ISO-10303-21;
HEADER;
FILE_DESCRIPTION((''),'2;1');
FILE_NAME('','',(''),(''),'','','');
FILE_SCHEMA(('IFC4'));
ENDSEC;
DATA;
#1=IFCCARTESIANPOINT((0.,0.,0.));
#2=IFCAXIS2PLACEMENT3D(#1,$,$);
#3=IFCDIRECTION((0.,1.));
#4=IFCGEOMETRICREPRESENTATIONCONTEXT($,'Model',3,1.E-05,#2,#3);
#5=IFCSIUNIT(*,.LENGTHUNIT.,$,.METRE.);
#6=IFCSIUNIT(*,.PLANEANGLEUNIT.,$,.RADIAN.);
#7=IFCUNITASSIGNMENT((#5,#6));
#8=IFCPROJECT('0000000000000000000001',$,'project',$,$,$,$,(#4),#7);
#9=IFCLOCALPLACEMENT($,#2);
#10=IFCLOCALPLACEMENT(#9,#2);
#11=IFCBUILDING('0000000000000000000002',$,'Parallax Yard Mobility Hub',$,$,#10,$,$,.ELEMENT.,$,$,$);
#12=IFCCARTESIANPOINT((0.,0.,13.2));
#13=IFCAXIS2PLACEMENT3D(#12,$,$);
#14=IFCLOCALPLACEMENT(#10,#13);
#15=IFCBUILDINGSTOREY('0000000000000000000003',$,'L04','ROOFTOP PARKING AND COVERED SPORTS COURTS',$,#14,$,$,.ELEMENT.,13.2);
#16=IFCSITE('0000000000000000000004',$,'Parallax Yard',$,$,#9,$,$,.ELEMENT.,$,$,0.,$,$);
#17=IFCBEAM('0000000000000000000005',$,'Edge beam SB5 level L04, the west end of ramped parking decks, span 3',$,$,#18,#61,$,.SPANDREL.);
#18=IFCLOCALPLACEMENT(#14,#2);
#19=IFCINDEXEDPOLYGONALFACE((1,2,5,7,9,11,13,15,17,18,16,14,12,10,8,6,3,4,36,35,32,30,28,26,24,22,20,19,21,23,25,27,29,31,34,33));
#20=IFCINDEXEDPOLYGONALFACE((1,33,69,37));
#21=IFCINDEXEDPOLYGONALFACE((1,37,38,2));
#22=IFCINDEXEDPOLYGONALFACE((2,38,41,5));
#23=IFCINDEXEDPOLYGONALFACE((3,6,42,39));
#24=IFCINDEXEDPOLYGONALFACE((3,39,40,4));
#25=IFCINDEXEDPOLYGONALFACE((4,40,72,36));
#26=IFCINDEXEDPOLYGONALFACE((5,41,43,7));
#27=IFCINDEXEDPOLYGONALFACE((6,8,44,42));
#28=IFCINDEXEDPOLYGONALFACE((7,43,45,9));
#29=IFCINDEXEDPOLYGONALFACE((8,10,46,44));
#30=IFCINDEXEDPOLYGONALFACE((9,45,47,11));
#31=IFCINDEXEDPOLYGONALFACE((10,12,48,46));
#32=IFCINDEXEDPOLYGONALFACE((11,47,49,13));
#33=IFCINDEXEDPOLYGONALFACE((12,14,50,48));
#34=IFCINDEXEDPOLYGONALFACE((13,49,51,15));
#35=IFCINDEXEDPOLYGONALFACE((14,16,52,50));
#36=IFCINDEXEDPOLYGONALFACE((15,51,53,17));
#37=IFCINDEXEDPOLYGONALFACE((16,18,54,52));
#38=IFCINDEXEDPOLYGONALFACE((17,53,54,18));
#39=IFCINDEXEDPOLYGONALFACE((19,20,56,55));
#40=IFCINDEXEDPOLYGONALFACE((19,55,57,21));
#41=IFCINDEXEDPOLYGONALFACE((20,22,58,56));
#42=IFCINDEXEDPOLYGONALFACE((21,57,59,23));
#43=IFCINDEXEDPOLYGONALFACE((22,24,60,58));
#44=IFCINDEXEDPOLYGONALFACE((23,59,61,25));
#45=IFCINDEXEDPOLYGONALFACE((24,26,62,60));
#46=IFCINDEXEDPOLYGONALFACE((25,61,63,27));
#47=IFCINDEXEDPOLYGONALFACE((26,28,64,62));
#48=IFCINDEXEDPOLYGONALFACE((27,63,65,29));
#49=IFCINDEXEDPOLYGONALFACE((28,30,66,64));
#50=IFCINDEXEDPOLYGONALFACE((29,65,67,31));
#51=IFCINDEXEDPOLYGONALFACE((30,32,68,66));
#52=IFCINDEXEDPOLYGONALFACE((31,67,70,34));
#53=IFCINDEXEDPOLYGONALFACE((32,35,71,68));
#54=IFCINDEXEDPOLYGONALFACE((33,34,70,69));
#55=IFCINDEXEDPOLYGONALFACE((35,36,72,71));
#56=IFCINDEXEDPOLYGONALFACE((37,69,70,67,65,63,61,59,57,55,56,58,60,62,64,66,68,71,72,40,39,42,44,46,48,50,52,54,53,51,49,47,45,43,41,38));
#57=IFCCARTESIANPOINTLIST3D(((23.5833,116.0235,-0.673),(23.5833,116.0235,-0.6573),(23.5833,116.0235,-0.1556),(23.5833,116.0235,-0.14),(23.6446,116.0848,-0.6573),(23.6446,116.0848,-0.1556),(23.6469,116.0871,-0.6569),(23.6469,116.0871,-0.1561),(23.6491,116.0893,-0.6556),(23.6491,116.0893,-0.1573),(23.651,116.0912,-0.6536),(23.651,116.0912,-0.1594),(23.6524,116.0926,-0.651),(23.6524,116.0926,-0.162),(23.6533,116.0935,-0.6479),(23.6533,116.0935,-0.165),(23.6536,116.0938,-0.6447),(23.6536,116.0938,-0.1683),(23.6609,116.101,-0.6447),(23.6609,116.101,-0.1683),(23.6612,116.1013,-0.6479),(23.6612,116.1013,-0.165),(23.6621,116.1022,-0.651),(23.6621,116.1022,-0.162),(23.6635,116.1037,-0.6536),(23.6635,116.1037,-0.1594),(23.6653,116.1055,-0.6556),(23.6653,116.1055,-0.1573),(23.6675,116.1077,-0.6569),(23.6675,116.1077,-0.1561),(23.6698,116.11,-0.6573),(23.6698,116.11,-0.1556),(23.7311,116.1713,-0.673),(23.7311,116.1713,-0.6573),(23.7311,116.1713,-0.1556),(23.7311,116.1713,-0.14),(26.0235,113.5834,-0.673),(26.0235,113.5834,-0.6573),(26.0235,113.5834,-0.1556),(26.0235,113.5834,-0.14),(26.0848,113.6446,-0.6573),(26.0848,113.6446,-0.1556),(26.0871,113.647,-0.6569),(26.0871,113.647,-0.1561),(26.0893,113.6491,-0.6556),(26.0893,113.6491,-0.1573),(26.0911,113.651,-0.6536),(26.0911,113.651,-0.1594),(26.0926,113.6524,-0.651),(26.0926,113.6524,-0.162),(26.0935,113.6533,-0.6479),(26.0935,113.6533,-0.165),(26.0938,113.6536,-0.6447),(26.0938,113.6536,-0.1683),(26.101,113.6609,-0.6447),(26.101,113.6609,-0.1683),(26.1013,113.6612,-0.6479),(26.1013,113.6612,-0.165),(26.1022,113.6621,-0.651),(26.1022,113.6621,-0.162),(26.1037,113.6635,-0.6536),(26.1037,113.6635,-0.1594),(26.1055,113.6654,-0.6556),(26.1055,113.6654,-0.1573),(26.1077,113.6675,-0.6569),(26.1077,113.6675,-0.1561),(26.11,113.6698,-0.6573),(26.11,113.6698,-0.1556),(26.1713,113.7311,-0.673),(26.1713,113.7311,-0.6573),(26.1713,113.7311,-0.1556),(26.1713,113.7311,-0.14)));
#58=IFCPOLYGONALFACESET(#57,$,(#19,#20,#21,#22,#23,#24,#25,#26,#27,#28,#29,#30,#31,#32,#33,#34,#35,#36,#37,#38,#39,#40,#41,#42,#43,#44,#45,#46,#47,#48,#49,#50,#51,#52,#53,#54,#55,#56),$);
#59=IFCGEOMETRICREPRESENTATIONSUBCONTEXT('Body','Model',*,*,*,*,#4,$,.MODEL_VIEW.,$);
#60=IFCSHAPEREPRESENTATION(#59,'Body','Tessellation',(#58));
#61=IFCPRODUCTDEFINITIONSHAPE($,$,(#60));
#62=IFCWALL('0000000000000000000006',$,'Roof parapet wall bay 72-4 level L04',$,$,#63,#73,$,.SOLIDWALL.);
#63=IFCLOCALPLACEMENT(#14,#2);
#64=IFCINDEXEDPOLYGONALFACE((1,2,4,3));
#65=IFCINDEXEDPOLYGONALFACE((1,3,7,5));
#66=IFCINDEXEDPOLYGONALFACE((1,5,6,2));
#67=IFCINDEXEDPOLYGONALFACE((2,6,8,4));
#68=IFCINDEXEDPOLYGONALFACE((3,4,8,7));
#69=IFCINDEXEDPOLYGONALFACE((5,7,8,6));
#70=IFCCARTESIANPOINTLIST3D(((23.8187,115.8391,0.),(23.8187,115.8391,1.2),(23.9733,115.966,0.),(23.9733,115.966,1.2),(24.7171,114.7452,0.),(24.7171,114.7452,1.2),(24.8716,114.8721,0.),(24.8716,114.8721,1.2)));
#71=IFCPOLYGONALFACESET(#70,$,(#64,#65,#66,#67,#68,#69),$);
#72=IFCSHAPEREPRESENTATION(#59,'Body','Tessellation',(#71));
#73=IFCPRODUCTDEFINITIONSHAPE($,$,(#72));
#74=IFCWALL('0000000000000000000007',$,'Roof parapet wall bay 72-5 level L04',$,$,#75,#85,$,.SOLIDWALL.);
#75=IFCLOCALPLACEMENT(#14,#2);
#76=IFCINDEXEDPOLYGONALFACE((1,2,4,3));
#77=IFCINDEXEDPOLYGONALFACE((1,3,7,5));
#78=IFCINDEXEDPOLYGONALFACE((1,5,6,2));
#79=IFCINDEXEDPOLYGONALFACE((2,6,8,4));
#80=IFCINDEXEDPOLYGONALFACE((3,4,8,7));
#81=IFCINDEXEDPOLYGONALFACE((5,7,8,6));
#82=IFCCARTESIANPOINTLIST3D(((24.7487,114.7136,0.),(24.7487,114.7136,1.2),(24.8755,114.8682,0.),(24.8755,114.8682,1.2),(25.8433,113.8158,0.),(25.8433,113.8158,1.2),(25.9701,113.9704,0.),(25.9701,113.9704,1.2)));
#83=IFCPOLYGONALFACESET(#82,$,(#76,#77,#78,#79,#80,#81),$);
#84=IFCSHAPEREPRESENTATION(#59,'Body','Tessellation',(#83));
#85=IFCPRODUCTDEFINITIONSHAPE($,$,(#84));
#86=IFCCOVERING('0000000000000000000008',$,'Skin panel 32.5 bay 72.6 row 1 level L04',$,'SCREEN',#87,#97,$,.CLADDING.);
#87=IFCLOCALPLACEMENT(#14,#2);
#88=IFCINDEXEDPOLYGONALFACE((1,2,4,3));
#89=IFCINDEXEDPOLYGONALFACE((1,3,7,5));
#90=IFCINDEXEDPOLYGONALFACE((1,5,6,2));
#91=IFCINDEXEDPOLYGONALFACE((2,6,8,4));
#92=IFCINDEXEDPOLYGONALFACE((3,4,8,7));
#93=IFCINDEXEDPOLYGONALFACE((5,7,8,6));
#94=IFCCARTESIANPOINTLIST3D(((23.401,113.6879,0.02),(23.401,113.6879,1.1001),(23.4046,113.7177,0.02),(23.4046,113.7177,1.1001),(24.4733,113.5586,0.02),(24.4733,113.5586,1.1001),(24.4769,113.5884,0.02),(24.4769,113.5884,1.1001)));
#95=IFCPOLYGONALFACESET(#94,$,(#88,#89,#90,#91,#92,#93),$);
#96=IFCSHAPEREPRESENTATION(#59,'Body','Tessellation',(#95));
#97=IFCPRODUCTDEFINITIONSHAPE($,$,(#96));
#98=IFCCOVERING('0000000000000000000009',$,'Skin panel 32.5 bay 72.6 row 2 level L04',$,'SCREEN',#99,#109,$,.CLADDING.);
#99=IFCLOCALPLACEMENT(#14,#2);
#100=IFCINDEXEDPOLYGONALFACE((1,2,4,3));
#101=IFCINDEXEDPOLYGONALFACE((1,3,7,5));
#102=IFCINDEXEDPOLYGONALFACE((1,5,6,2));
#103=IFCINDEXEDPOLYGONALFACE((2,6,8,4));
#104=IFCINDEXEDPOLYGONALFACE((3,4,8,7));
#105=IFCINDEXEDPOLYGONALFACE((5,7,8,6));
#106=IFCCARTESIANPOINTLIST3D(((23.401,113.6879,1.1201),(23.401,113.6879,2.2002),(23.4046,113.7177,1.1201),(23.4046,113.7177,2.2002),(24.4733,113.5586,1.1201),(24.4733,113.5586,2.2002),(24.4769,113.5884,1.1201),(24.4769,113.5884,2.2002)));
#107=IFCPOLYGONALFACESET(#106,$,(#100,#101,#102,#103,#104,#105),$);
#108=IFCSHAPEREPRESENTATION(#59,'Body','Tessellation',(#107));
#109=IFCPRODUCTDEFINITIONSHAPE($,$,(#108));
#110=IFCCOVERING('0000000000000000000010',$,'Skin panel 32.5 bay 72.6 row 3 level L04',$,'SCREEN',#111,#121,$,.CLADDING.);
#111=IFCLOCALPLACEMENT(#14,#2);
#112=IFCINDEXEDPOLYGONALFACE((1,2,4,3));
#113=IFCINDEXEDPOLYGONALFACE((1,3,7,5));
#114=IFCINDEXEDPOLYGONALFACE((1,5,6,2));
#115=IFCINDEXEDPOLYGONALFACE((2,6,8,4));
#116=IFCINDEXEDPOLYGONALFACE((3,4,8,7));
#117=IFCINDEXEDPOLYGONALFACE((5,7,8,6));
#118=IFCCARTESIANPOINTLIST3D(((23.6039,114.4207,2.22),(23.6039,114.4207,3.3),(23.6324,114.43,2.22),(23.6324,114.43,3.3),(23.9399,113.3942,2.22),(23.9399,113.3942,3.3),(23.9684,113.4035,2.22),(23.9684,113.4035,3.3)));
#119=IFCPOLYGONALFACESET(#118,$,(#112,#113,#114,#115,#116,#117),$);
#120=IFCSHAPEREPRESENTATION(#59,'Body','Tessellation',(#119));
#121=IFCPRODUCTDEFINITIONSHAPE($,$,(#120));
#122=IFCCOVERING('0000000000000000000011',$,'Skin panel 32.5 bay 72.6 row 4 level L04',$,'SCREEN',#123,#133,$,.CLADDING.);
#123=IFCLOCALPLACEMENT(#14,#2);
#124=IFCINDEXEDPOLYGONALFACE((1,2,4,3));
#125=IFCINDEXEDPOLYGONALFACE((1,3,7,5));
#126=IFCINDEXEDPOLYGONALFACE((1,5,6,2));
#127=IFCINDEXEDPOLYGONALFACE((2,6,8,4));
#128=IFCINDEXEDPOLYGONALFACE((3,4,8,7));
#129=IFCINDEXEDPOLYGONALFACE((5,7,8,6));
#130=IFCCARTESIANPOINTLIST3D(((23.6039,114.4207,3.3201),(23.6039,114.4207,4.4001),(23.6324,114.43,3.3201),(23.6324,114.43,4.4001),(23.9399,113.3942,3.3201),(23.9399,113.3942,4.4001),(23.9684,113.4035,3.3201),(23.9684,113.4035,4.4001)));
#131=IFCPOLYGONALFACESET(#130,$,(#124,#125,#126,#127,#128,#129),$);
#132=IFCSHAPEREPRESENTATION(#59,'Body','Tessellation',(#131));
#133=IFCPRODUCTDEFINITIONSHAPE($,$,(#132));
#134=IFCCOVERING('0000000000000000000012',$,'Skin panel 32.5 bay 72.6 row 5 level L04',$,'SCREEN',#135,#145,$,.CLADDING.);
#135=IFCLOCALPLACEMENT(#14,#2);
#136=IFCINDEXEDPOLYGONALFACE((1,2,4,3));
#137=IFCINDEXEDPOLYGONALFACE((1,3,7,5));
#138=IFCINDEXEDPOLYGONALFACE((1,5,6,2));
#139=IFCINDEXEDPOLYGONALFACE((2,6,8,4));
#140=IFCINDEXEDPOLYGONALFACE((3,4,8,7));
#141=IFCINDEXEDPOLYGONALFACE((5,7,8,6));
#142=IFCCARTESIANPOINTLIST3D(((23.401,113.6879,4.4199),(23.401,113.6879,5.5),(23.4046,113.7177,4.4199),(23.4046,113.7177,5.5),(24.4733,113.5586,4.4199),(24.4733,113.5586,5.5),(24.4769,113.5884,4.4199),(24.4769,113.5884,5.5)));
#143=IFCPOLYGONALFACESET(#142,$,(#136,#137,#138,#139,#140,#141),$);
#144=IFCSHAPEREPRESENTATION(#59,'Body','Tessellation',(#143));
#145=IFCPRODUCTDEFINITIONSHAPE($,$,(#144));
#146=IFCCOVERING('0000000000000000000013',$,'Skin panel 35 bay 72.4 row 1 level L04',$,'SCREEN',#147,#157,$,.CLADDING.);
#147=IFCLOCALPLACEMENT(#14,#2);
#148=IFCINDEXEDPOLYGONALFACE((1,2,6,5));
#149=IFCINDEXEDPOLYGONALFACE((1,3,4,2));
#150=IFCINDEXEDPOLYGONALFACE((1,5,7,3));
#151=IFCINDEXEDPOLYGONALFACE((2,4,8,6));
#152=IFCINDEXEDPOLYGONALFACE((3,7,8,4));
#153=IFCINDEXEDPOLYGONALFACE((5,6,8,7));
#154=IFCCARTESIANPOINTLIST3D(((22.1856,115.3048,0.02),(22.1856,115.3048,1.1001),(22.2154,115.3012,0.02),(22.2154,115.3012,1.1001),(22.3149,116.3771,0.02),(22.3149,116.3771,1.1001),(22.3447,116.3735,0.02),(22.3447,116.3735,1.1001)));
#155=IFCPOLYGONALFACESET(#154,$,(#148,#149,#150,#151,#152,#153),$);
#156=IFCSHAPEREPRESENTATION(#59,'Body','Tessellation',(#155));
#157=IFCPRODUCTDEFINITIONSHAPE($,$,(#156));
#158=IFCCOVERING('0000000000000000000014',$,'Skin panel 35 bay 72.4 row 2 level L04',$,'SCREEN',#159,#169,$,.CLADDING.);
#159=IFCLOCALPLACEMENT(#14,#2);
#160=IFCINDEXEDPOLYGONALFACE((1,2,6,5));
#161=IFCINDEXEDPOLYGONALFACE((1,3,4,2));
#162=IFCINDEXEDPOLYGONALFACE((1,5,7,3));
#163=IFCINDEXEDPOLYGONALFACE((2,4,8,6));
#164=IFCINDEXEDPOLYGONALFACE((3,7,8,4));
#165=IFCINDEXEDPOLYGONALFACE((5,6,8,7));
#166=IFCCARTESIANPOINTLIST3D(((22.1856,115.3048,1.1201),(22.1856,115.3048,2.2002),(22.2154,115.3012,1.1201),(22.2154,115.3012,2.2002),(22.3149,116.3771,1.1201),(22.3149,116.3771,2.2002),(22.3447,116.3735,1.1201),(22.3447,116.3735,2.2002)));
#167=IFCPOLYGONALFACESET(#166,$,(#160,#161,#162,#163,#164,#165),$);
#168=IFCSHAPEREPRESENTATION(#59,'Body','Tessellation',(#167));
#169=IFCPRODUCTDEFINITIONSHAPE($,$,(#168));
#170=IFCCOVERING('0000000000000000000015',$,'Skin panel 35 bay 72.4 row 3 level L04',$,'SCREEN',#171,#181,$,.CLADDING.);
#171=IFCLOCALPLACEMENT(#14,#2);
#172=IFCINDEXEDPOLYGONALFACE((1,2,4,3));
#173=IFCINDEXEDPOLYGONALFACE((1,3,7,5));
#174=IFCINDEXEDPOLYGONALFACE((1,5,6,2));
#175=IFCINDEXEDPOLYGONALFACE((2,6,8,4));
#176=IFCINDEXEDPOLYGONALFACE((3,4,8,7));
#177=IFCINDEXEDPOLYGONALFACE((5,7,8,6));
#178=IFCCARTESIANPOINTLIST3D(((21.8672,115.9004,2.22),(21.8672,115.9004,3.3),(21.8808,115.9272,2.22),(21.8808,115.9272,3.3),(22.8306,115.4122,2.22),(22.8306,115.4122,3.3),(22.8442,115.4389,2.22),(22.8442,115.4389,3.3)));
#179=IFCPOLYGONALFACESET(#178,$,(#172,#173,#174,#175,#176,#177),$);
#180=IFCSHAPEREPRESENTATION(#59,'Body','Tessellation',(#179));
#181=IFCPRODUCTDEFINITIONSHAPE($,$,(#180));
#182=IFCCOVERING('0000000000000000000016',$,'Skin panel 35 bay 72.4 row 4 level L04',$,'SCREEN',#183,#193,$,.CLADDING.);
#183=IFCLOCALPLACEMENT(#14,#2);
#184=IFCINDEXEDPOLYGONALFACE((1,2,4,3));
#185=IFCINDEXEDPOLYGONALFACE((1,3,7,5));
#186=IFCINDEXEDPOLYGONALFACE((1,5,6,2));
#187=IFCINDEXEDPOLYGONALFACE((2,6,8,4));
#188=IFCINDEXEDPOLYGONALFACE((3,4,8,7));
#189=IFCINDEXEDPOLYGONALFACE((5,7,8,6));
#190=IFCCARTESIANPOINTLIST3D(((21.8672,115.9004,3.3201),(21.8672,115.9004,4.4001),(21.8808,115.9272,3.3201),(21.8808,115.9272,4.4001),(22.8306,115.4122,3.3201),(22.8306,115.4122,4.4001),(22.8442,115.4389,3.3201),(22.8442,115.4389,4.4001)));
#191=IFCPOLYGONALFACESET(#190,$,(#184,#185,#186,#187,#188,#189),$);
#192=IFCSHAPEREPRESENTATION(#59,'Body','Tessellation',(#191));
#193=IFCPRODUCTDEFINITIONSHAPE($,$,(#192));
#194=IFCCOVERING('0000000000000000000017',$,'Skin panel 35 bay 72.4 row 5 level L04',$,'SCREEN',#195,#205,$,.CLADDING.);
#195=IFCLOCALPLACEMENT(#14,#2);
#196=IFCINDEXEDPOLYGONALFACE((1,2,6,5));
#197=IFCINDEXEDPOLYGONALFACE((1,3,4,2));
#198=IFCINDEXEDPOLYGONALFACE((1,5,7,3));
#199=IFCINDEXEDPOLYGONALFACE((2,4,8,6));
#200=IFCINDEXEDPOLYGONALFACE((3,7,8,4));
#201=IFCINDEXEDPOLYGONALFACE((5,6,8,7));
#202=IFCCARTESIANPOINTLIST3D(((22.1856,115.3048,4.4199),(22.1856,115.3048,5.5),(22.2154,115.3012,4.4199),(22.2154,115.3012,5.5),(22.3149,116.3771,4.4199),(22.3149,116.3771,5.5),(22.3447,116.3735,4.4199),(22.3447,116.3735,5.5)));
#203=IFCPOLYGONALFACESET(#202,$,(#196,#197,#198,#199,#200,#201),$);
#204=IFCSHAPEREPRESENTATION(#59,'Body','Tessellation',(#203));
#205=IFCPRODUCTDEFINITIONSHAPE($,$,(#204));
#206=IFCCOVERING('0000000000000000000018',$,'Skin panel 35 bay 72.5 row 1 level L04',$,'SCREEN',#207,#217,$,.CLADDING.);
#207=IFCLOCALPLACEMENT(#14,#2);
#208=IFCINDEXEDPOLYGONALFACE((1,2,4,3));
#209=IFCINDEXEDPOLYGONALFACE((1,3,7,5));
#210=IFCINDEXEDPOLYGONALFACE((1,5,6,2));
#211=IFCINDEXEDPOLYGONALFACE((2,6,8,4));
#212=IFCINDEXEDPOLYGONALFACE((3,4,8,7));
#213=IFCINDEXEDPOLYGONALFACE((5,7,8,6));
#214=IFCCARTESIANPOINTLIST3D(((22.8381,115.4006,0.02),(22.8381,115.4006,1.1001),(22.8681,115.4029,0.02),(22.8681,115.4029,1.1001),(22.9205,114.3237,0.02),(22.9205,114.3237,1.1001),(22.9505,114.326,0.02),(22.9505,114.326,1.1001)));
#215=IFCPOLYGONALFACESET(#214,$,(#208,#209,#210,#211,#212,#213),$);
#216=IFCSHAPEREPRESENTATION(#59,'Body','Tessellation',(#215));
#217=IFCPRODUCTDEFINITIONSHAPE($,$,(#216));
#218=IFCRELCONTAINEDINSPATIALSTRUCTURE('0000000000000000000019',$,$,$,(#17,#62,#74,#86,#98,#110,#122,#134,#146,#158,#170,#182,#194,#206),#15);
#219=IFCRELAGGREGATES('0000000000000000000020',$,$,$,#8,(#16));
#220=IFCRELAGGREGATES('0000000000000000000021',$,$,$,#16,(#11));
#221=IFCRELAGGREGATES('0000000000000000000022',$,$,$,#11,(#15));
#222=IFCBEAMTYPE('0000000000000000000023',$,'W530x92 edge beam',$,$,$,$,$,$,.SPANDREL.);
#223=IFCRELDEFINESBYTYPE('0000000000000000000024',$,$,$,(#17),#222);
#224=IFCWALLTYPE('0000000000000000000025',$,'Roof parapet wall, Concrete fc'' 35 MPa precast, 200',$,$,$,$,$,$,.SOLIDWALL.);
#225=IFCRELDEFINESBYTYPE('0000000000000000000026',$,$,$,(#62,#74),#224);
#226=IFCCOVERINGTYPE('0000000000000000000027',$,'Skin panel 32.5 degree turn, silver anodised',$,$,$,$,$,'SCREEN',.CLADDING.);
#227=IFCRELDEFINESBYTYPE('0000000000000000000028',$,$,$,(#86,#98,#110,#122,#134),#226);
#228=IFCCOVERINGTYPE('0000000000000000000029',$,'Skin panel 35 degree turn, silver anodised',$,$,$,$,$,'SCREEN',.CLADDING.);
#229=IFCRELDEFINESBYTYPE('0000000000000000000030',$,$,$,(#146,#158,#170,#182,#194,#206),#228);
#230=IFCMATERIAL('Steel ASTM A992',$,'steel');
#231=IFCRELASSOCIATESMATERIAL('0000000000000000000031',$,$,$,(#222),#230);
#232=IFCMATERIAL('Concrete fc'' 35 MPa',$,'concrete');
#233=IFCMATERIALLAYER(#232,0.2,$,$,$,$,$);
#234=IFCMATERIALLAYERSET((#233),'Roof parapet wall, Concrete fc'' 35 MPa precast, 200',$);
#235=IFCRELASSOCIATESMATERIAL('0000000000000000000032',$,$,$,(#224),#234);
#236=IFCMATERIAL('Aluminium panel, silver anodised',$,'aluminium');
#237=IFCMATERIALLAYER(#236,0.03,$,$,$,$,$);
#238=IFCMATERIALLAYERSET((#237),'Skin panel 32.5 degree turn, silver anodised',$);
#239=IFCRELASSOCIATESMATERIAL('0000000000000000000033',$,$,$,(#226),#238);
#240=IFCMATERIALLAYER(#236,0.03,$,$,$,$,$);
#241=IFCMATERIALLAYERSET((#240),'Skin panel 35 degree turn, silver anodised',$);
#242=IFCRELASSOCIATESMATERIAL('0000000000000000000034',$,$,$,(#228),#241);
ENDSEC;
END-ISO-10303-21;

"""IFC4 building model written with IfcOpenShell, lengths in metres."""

from ifc_helpers import new_model, si_unit, direction, frame, frame_2d, origin, origin_2d, place, context, subcontext, project, spatial, rectangle, i_section, extrude, material, layer, layer_set, material_profile, profile_set, type_object, element, save


model = new_model("IFC4")

# Units and contexts
model_context = context("Model", 3, precision=1e-05, world=origin(), true_north=direction((0.0, 1.0)))
body_context = subcontext(model_context, "Body", "Model", "MODEL_VIEW")
ifc_project = project(units=[si_unit("LENGTHUNIT", "METRE"), si_unit("PLANEANGLEUNIT", "RADIAN")], contexts=[model_context])

# Site, building, storey
site_placement = place(None, origin())
site = spatial("IfcSite", under=ifc_project, at=site_placement, Name="Parallax Yard", CompositionType="ELEMENT", RefElevation=0.0)
building_placement = place(site_placement, origin())
building = spatial("IfcBuilding", under=site, at=building_placement, Name="Parallax Yard Mobility Hub", CompositionType="ELEMENT")
storey_placement = place(building_placement, frame((0.0, 0.0, 13.2)))
storey = spatial("IfcBuildingStorey", under=building, at=storey_placement, Name="L04", Description="ROOFTOP PARKING AND COVERED SPORTS COURTS", CompositionType="ELEMENT", Elevation=13.2)

# Beam
ifc_material_1 = material(Name="Steel ASTM A992", Category="steel")
ifc_material_profile_1 = material_profile(ifc_material_1, i_section(OverallWidth=0.209, OverallDepth=0.533, WebThickness=0.0103, FlangeThickness=0.0156, FilletRadius=0.0127, at=origin_2d()), Name="W530x92")
ifc_profile_set_1 = profile_set([ifc_material_profile_1], Name="Steel ASTM A992")
beam_type = type_object("IfcBeamType", Name="W530x92 edge beam", PredefinedType="SPANDREL", material=ifc_profile_set_1)
beam_placement = place(storey_placement, frame((23.6572, 116.0974, -0.4065), z_axis=(0.707107, -0.707107, 0.0), x_axis=(0.707107, 0.707107, 0.0)))
element("IfcBeam", 1, at=beam_placement, inside=storey, type_object=beam_type, Name="Edge beam SB5 level L04, the west end of ramped parking decks, span 3", PredefinedType="SPANDREL", context=body_context, shape_type="SweptSolid", body=[
    extrude(i_section(OverallWidth=0.209, OverallDepth=0.533, WebThickness=0.0103, FlangeThickness=0.0156, FilletRadius=0.0127, at=origin_2d()), origin(), (0.0, 0.0, 1.0), 3.4509),
])

# Walls
ifc_material_2 = material(Name="Concrete fc' 35 MPa", Category="concrete")
ifc_layer_1 = layer(ifc_material_2, 0.2)
ifc_layer_set_1 = layer_set([ifc_layer_1], Name="Roof parapet wall, Concrete fc' 35 MPa precast, 200")
wall_type = type_object("IfcWallType", Name="Roof parapet wall, Concrete fc' 35 MPa precast, 200", PredefinedType="SOLIDWALL", material=ifc_layer_set_1)
wall_1_placement = place(storey_placement, frame((23.896, 115.9026, 0.0), z_axis=(0.0, 0.0, 1.0), x_axis=(0.634655, -0.772796, 0.0)))
element("IfcWall", 2, at=wall_1_placement, inside=storey, type_object=wall_type, Name="Roof parapet wall bay 72-4 level L04", PredefinedType="SOLIDWALL", context=body_context, shape_type="SweptSolid", body=[
    extrude(rectangle(XDim=1.4155, YDim=0.2, at=frame_2d((0.7078, 0.0))), origin(), (0.0, 0.0, 1.0), 1.2),
])
wall_2_placement = place(storey_placement, frame((24.812, 114.791, 0.0), z_axis=(0.0, 0.0, 1.0), x_axis=(0.773173, -0.634195, 0.0)))
element("IfcWall", 3, at=wall_2_placement, inside=storey, type_object=wall_type, Name="Roof parapet wall bay 72-5 level L04", PredefinedType="SOLIDWALL", context=body_context, shape_type="SweptSolid", body=[
    extrude(rectangle(XDim=1.4158, YDim=0.2, at=frame_2d((0.708, 0.0))), origin(), (0.0, 0.0, 1.0), 1.2),
])

# Coverings
ifc_material_3 = material(Name="Aluminium panel, silver anodised", Category="aluminium")
ifc_layer_2 = layer(ifc_material_3, 0.03)
ifc_layer_set_2 = layer_set([ifc_layer_2], Name="Skin panel 32.5 degree turn, silver anodised")
covering_type_1 = type_object("IfcCoveringType", Name="Skin panel 32.5 degree turn, silver anodised", ElementType="SCREEN", PredefinedType="CLADDING", material=ifc_layer_set_2)
for number, where, z_axis, x_axis, name in (
    (4, (23.939, 113.6382, 0.02), (0.0, 0.0, 1.0), (-0.99281, 0.119704, 0.0), "Skin panel 32.5 bay 72.6 row 1 level L04"),
    (5, (23.939, 113.6382, 1.1201), (0.0, 0.0, 1.0), (-0.99281, 0.119704, 0.0), "Skin panel 32.5 bay 72.6 row 2 level L04"),
    (6, (23.7861, 113.9121, 2.22), (0.0, 0.0, 1.0), (0.311091, -0.95038, 0.0), "Skin panel 32.5 bay 72.6 row 3 level L04"),
    (7, (23.7861, 113.9121, 3.3201), (0.0, 0.0, 1.0), (0.311091, -0.95038, 0.0), "Skin panel 32.5 bay 72.6 row 4 level L04"),
    (8, (23.939, 113.6382, 4.4199), (0.0, 0.0, 1.0), (-0.99281, 0.119704, 0.0), "Skin panel 32.5 bay 72.6 row 5 level L04"),
):
    element("IfcCovering", number, at=place(storey_placement, frame(where, z_axis=z_axis, x_axis=x_axis)), inside=storey, type_object=covering_type_1, Name=name, ObjectType="SCREEN", PredefinedType="CLADDING", context=body_context, shape_type="SweptSolid", body=[
        extrude(rectangle(XDim=1.0801, YDim=0.03, at=origin_2d()), origin(), (0.0, 0.0, 1.0), 1.0801),
    ])
ifc_layer_3 = layer(ifc_material_3, 0.03)
ifc_layer_set_3 = layer_set([ifc_layer_3], Name="Skin panel 35 degree turn, silver anodised")
covering_type_2 = type_object("IfcCoveringType", Name="Skin panel 35 degree turn, silver anodised", ElementType="SCREEN", PredefinedType="CLADDING", material=ifc_layer_set_3)
for number, where, z_axis, x_axis, name in (
    (9, (22.2651, 115.8391, 0.02), (0.0, 0.0, 1.0), (-0.119704, -0.99281, 0.0), "Skin panel 35 bay 72.4 row 1 level L04"),
    (10, (22.2651, 115.8391, 1.1201), (0.0, 0.0, 1.0), (-0.119704, -0.99281, 0.0), "Skin panel 35 bay 72.4 row 2 level L04"),
    (11, (22.3557, 115.6697, 2.22), (0.0, 0.0, 1.0), (-0.891995, 0.452046, 0.0), "Skin panel 35 bay 72.4 row 3 level L04"),
    (12, (22.3557, 115.6697, 3.3201), (0.0, 0.0, 1.0), (-0.891995, 0.452046, 0.0), "Skin panel 35 bay 72.4 row 4 level L04"),
    (13, (22.2651, 115.8391, 4.4199), (0.0, 0.0, 1.0), (-0.119704, -0.99281, 0.0), "Skin panel 35 bay 72.4 row 5 level L04"),
    (14, (22.8943, 114.8633, 0.02), (0.0, 0.0, 1.0), (0.076284, -0.997086, 0.0), "Skin panel 35 bay 72.5 row 1 level L04"),
):
    element("IfcCovering", number, at=place(storey_placement, frame(where, z_axis=z_axis, x_axis=x_axis)), inside=storey, type_object=covering_type_2, Name=name, ObjectType="SCREEN", PredefinedType="CLADDING", context=body_context, shape_type="SweptSolid", body=[
        extrude(rectangle(XDim=1.0801, YDim=0.03, at=origin_2d()), origin(), (0.0, 0.0, 1.0), 1.0801),
    ])

save(model, "model.ifc")
